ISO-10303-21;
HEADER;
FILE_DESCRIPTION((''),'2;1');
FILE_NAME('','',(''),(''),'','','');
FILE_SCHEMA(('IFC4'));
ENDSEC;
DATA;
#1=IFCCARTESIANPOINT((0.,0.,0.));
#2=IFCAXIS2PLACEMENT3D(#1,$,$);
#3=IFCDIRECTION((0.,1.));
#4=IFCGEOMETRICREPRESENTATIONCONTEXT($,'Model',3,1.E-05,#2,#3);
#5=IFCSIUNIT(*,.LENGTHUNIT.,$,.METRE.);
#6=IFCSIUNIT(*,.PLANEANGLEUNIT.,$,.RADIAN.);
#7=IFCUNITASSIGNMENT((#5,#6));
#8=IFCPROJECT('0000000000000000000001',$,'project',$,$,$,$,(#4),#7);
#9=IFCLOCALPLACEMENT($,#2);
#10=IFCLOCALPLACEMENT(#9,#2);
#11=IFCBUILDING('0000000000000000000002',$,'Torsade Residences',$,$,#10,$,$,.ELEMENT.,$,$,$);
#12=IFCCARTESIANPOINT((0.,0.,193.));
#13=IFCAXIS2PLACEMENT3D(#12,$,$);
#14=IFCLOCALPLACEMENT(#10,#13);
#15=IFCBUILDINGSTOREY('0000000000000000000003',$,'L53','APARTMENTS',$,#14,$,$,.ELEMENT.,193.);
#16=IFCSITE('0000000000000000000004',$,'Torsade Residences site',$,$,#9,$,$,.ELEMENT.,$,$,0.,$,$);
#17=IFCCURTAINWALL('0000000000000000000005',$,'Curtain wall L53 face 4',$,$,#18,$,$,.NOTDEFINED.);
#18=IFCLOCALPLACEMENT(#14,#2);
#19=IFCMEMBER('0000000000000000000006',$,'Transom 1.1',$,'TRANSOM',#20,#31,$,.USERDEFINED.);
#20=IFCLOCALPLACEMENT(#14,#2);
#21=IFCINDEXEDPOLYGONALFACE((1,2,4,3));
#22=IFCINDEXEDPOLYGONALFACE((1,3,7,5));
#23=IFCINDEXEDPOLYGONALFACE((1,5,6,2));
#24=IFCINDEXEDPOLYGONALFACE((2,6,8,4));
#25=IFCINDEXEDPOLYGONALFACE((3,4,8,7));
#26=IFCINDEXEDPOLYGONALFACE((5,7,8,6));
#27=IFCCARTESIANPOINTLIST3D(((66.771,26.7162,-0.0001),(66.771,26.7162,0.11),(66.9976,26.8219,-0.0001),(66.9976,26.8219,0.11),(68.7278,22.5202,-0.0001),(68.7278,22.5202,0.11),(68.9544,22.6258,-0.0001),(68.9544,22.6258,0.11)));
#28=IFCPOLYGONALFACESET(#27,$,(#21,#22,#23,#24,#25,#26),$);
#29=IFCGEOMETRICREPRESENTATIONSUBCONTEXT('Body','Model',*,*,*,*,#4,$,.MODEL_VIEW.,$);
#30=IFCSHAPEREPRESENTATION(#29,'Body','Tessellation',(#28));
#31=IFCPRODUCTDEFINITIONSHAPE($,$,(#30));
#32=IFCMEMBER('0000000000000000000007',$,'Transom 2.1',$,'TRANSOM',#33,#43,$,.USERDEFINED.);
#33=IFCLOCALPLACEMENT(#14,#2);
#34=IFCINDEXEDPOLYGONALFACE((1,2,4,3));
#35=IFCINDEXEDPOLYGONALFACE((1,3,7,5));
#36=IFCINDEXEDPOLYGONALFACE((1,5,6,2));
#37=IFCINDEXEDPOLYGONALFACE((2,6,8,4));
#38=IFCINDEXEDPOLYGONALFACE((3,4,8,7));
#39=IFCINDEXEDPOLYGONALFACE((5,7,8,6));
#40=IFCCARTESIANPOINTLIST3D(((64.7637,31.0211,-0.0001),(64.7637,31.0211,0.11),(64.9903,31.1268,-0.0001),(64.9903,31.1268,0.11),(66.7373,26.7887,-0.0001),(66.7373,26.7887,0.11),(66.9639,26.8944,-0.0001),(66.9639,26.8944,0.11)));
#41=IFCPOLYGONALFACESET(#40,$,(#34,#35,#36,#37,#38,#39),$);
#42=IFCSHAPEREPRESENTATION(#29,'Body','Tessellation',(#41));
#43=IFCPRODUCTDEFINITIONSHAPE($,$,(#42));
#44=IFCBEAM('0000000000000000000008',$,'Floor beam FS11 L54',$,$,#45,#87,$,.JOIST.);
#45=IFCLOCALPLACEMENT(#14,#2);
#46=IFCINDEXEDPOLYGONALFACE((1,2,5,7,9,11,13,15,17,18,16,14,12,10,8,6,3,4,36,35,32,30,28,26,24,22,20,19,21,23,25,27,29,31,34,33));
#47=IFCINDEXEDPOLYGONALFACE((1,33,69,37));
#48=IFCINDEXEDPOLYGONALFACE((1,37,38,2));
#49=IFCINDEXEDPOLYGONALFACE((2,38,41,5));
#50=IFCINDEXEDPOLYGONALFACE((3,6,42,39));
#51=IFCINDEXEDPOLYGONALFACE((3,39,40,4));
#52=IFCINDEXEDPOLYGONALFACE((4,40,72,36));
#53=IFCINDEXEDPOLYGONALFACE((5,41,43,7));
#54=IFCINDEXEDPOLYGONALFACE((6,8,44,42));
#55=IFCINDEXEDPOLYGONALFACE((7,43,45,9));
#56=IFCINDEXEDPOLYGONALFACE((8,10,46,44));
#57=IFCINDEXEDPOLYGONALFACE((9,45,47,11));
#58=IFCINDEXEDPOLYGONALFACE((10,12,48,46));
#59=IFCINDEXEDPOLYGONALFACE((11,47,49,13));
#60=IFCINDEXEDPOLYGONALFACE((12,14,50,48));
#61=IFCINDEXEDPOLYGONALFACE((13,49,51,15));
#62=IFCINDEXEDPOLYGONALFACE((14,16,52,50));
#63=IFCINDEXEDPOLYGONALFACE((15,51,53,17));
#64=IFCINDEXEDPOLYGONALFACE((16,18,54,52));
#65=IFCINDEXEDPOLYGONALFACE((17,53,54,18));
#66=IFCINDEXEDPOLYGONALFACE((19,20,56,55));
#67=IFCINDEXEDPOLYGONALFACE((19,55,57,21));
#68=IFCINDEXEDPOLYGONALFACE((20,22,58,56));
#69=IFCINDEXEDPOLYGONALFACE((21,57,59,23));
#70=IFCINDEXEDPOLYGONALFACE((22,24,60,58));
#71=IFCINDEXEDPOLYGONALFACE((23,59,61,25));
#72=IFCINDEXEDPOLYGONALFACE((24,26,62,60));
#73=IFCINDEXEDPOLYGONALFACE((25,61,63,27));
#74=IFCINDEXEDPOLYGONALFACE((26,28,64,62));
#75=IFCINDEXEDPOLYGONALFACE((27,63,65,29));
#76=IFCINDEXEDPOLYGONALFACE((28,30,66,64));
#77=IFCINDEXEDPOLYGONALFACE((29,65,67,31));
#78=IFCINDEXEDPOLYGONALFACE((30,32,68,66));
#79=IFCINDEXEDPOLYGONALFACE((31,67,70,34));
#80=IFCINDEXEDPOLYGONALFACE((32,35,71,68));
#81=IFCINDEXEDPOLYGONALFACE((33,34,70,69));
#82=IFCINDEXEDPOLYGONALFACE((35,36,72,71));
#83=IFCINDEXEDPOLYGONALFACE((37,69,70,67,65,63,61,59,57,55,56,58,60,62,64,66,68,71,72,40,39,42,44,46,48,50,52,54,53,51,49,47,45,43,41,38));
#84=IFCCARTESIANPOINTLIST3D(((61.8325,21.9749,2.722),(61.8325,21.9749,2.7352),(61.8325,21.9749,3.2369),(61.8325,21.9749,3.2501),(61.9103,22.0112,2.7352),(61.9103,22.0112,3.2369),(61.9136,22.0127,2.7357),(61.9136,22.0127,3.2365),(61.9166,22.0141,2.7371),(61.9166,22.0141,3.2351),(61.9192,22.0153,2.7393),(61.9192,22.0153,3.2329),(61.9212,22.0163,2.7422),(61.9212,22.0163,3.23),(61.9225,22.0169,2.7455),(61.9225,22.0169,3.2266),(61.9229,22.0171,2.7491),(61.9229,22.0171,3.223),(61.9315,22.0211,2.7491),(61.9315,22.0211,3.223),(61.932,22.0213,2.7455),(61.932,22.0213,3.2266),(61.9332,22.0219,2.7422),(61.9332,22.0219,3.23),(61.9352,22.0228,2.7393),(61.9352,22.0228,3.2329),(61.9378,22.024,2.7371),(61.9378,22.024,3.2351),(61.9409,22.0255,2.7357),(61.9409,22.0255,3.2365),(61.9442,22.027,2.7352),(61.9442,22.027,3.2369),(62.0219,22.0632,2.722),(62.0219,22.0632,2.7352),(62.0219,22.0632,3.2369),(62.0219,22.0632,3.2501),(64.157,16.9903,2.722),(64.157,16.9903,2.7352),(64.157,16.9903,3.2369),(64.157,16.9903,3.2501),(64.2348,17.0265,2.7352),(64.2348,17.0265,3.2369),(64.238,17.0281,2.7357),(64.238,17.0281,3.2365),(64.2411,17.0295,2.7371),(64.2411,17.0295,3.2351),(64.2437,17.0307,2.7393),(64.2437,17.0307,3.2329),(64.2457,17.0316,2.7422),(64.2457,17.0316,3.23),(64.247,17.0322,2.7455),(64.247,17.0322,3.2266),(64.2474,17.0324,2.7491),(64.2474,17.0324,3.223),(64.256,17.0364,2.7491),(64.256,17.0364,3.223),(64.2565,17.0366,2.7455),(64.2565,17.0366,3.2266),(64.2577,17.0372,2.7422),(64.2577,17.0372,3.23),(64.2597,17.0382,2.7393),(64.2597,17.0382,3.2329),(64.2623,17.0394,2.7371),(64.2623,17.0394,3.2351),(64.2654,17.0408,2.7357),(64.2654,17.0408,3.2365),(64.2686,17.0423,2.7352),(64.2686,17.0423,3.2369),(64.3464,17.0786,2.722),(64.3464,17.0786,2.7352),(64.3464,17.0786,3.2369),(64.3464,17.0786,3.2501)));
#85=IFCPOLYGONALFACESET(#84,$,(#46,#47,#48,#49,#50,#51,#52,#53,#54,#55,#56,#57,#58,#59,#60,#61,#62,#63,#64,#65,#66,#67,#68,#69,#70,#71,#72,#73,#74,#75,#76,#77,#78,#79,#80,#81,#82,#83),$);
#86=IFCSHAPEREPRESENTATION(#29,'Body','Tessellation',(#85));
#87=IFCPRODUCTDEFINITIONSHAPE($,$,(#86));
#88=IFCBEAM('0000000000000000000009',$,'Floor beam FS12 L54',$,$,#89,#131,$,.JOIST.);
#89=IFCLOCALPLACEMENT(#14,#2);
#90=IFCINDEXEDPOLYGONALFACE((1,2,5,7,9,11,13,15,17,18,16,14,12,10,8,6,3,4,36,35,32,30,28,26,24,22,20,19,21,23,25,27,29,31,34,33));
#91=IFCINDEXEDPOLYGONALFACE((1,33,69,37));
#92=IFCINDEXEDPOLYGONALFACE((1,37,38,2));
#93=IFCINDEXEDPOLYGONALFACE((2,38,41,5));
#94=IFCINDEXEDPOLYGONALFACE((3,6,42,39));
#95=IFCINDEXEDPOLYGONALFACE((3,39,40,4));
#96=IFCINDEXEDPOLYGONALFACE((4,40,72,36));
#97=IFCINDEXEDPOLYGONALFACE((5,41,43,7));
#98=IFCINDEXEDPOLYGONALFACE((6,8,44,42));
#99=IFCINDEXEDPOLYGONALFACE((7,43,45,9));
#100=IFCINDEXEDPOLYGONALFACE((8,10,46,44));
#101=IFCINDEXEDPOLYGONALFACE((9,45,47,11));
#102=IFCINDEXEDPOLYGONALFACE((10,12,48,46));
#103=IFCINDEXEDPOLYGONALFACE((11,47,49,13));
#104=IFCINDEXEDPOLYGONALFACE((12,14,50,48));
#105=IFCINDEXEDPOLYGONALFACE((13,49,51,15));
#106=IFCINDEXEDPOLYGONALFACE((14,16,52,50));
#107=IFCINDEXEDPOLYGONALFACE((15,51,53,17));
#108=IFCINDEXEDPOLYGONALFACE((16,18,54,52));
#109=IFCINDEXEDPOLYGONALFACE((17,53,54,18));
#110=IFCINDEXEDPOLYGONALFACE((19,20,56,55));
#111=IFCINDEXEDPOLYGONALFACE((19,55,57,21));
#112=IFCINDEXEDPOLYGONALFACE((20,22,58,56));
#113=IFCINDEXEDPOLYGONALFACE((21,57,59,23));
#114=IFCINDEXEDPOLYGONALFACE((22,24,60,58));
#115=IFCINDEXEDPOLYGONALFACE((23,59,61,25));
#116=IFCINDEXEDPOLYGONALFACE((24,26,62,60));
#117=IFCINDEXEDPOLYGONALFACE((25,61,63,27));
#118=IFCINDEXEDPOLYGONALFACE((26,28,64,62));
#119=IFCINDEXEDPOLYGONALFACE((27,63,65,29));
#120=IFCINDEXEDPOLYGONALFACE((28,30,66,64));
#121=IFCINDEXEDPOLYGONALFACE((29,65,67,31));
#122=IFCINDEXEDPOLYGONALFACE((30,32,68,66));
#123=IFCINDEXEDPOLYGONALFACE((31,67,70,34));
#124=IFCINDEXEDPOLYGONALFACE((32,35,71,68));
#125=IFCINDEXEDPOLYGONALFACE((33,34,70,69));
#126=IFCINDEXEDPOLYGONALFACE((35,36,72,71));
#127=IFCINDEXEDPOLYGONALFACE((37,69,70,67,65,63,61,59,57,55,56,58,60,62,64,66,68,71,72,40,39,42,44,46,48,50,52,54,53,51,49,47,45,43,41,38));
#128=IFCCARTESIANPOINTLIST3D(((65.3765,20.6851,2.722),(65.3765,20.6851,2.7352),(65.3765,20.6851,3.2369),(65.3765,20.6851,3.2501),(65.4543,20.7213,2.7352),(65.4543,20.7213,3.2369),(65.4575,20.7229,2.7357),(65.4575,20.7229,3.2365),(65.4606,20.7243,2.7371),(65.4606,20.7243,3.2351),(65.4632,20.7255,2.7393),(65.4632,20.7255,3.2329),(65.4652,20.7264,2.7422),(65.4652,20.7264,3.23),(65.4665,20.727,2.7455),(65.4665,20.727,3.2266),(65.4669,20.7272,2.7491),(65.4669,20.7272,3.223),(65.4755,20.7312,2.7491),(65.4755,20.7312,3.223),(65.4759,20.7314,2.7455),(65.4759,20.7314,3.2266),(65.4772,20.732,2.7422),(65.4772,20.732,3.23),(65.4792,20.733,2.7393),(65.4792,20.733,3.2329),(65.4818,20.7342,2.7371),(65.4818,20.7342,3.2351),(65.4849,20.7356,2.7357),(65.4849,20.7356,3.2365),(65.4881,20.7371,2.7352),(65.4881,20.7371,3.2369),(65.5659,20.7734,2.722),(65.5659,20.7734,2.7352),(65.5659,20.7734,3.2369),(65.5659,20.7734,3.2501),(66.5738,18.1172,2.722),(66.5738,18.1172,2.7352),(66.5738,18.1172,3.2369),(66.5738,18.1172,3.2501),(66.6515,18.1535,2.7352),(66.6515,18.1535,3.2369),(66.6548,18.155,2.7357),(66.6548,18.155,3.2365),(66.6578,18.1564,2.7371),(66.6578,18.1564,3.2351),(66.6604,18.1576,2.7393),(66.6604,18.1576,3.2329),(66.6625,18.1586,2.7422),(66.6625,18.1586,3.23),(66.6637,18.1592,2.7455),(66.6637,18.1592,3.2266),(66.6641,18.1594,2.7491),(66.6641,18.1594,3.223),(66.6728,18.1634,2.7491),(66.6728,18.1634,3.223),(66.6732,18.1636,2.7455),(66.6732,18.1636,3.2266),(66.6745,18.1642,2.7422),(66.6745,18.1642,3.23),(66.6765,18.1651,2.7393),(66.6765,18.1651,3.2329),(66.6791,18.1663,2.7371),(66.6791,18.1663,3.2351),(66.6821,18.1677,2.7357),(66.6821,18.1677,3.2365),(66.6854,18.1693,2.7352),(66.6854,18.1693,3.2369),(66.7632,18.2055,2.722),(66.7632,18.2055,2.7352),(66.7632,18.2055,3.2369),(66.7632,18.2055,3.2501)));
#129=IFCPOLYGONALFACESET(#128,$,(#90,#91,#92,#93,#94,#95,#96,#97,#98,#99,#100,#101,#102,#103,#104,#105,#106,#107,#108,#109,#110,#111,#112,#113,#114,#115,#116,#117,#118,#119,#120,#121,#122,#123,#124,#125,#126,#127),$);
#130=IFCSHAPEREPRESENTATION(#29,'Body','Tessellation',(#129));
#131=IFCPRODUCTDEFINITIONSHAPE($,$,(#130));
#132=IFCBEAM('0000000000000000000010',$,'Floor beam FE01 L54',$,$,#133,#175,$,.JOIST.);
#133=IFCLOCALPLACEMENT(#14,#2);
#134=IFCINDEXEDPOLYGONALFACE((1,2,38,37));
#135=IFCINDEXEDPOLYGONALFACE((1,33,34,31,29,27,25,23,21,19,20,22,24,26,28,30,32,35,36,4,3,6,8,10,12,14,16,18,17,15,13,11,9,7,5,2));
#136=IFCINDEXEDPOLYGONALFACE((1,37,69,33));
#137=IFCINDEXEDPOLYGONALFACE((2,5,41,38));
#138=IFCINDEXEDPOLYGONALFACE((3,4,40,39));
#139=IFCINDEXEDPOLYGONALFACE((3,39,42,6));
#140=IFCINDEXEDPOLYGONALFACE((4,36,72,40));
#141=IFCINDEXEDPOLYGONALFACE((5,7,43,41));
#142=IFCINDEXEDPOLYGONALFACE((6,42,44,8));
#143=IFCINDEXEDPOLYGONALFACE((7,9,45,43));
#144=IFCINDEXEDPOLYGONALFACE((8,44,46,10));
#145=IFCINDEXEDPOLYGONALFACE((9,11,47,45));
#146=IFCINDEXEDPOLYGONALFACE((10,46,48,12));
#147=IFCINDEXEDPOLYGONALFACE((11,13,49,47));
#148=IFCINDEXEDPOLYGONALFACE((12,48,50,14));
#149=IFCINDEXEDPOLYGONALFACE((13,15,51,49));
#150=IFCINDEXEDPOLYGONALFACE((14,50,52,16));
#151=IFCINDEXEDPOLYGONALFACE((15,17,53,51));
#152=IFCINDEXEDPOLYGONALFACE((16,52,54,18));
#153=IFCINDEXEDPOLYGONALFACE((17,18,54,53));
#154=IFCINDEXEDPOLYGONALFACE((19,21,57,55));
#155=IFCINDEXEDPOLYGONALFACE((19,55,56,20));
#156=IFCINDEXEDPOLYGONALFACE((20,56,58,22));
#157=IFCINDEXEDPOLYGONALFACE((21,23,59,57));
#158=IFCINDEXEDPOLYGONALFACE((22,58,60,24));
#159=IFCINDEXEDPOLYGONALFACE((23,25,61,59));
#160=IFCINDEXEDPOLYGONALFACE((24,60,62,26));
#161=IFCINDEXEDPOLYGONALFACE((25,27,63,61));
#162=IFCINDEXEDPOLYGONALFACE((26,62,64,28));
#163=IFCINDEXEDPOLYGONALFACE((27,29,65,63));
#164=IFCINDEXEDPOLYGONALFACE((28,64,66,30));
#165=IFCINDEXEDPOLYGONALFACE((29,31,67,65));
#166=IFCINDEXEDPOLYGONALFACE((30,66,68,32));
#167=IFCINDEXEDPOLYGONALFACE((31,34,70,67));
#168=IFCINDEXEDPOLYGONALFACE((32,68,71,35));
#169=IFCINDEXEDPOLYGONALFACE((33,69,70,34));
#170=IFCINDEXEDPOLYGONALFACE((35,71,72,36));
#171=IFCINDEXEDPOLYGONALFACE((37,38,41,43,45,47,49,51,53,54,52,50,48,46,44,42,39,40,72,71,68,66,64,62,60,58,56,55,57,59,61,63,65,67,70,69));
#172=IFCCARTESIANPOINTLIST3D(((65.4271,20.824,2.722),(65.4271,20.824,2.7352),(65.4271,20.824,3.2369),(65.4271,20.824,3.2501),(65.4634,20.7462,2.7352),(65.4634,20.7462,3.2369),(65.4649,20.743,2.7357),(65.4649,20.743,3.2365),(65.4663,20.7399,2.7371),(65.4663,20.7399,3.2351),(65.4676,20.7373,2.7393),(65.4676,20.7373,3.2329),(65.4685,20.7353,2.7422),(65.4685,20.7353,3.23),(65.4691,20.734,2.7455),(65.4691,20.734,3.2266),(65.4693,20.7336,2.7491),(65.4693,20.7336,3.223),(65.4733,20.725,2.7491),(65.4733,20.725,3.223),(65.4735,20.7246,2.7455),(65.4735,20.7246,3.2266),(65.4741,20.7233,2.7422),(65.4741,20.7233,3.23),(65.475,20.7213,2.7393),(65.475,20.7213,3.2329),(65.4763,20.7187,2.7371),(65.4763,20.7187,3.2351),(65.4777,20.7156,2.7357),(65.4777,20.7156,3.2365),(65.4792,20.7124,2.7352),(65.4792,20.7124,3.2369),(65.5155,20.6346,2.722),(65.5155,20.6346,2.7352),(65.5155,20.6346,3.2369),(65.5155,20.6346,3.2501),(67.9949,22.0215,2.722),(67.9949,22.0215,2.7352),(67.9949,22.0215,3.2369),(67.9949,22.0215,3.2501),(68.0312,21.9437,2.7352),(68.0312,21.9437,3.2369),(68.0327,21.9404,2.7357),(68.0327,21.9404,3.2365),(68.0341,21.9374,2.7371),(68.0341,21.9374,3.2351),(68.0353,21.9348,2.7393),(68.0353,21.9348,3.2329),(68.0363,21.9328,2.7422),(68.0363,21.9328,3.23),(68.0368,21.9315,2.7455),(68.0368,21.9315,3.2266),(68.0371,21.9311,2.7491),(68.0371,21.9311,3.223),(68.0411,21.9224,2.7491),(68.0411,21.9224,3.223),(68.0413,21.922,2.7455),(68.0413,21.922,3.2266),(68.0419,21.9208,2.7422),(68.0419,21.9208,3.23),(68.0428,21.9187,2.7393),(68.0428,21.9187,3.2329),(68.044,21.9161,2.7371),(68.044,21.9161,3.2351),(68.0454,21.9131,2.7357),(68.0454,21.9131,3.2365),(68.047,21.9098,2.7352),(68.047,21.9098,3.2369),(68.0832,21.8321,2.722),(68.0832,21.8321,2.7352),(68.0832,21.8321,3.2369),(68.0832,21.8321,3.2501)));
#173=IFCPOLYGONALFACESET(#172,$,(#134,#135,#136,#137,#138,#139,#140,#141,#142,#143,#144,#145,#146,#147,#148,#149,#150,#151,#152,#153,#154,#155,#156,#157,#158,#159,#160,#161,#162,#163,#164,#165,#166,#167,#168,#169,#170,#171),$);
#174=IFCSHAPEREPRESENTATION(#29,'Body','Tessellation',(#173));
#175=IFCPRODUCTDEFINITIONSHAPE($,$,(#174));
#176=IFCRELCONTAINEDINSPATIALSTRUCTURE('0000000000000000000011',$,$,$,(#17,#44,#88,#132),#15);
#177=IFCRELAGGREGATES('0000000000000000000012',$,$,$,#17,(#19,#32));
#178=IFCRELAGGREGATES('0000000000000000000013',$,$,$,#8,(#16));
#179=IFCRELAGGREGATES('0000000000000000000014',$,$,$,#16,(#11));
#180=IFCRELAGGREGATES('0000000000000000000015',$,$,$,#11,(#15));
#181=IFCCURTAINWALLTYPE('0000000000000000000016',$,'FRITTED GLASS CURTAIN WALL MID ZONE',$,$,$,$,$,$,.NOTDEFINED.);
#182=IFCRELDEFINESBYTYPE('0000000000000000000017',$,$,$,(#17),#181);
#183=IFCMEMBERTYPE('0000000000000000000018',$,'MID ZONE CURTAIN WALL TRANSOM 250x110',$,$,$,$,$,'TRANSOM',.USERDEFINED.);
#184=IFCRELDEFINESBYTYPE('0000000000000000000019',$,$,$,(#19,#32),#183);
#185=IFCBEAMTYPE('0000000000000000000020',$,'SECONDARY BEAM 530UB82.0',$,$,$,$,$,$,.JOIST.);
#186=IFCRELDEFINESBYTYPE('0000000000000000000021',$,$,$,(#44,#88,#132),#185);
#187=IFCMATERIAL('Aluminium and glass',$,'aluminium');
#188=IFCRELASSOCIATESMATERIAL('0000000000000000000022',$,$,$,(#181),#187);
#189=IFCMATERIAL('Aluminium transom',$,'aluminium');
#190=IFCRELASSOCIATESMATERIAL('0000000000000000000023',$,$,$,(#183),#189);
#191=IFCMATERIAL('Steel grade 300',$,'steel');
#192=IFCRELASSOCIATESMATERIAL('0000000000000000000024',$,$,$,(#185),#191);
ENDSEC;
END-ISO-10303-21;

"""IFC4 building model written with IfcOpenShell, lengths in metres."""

from ifc_helpers import new_model, si_unit, direction, frame, origin, origin_2d, place, context, subcontext, project, spatial, rectangle, i_section, extrude, material, material_profile, profile_set, type_object, element, aggregate, save


model = new_model("IFC4")

# Units and contexts
model_context = context("Model", 3, precision=1e-05, world=origin(), true_north=direction((0.0, 1.0)))
body_context = subcontext(model_context, "Body", "Model", "MODEL_VIEW")
ifc_project = project(units=[si_unit("LENGTHUNIT", "METRE"), si_unit("PLANEANGLEUNIT", "RADIAN")], contexts=[model_context])

# Site, building, storey
site_placement = place(None, origin())
site = spatial("IfcSite", under=ifc_project, at=site_placement, Name="Torsade Residences site", CompositionType="ELEMENT", RefElevation=0.0)
building_placement = place(site_placement, origin())
building = spatial("IfcBuilding", under=site, at=building_placement, Name="Torsade Residences", CompositionType="ELEMENT")
storey_placement = place(building_placement, frame((0.0, 0.0, 193.0)))
storey = spatial("IfcBuildingStorey", under=building, at=storey_placement, Name="L53", Description="APARTMENTS", CompositionType="ELEMENT", Elevation=193.0)

# Curtain wall
ifc_material_1 = material(Name="Aluminium and glass", Category="aluminium")
curtain_wall_type = type_object("IfcCurtainWallType", Name="FRITTED GLASS CURTAIN WALL MID ZONE", PredefinedType="NOTDEFINED", material=ifc_material_1)
curtain_wall_1_placement = place(storey_placement, origin())
curtain_wall_1 = element("IfcCurtainWall", 1, at=curtain_wall_1_placement, inside=storey, type_object=curtain_wall_type, Name="Curtain wall L53 face 4", PredefinedType="NOTDEFINED")

# Members
ifc_material_2 = material(Name="Aluminium transom", Category="aluminium")
ifc_material_profile_1 = material_profile(ifc_material_2, rectangle(XDim=0.25, YDim=0.1101, at=origin_2d()), Name="MID ZONE CURTAIN WALL TRANSOM 250x110")
ifc_profile_set_1 = profile_set([ifc_material_profile_1], Name="Aluminium transom")
member_type_1 = type_object("IfcMemberType", Name="MID ZONE CURTAIN WALL TRANSOM 250x110", ElementType="TRANSOM", PredefinedType="USERDEFINED", material=ifc_profile_set_1)
member_1_placement = place(storey_placement, frame((68.8411, 22.573, 0.0549), z_axis=(-0.422643, 0.906296, 0.0), x_axis=(-0.906296, -0.422643, 0.0)))
member_1 = element("IfcMember", 2, at=member_1_placement, type_object=member_type_1, Name="Transom 1.1", ObjectType="TRANSOM", PredefinedType="USERDEFINED", context=body_context, shape_type="SweptSolid", body=[
    extrude(rectangle(XDim=0.25, YDim=0.1101, at=origin_2d()), origin(), (0.0, 0.0, 1.0), 4.6299),
])
member_2_placement = place(storey_placement, frame((66.8506, 26.8416, 0.0549), z_axis=(-0.422622, 0.906306, 0.0), x_axis=(-0.906306, -0.422622, 0.0)))
member_2 = element("IfcMember", 3, at=member_2_placement, type_object=member_type_1, Name="Transom 2.1", ObjectType="TRANSOM", PredefinedType="USERDEFINED", context=body_context, shape_type="SweptSolid", body=[
    extrude(rectangle(XDim=0.25, YDim=0.1101, at=origin_2d()), origin(), (0.0, 0.0, 1.0), 4.6699),
])

# Beams
ifc_material_3 = material(Name="Steel grade 300", Category="steel")
ifc_material_profile_2 = material_profile(ifc_material_3, i_section(OverallWidth=0.209, OverallDepth=0.5281, WebThickness=0.0095, FlangeThickness=0.0132, FilletRadius=0.0139, at=origin_2d()), Name="530UB82.0")
ifc_profile_set_2 = profile_set([ifc_material_profile_2], Name="Steel grade 300")
beam_type_1 = type_object("IfcBeamType", Name="SECONDARY BEAM 530UB82.0", PredefinedType="JOIST", material=ifc_profile_set_2)
beam_1_placement = place(storey_placement, frame((64.2517, 17.0344, 2.9861), z_axis=(-0.422633, 0.906301, 0.0), x_axis=(-0.906301, -0.422633, 0.0)))
element("IfcBeam", 4, at=beam_1_placement, inside=storey, type_object=beam_type_1, Name="Floor beam FS11 L54", PredefinedType="JOIST", context=body_context, shape_type="SweptSolid", body=[
    extrude(i_section(OverallWidth=0.209, OverallDepth=0.5281, WebThickness=0.0095, FlangeThickness=0.0132, FilletRadius=0.0139, at=origin_2d()), origin(), (0.0, 0.0, 1.0), 5.5),
])
for number, where, z_axis, x_axis, name in (
    (5, (66.6685, 18.1614, 2.9861), (-0.422574, 0.906328, 0.0), (-0.906328, -0.422574, 0.0), "Floor beam FS12 L54"),
    (6, (68.0391, 21.9268, 2.9861), (-0.906295, -0.422645, 0.0), (0.422645, -0.906295, 0.0), "Floor beam FE01 L54"),
):
    element("IfcBeam", number, at=place(storey_placement, frame(where, z_axis=z_axis, x_axis=x_axis)), inside=storey, type_object=beam_type_1, Name=name, PredefinedType="JOIST", context=body_context, shape_type="SweptSolid", body=[
        extrude(i_section(OverallWidth=0.209, OverallDepth=0.5281, WebThickness=0.0095, FlangeThickness=0.0132, FilletRadius=0.0139, at=origin_2d()), origin(), (0.0, 0.0, 1.0), 2.8333),
    ])

aggregate(curtain_wall_1, [member_1, member_2])

save(model, "model.ifc")
